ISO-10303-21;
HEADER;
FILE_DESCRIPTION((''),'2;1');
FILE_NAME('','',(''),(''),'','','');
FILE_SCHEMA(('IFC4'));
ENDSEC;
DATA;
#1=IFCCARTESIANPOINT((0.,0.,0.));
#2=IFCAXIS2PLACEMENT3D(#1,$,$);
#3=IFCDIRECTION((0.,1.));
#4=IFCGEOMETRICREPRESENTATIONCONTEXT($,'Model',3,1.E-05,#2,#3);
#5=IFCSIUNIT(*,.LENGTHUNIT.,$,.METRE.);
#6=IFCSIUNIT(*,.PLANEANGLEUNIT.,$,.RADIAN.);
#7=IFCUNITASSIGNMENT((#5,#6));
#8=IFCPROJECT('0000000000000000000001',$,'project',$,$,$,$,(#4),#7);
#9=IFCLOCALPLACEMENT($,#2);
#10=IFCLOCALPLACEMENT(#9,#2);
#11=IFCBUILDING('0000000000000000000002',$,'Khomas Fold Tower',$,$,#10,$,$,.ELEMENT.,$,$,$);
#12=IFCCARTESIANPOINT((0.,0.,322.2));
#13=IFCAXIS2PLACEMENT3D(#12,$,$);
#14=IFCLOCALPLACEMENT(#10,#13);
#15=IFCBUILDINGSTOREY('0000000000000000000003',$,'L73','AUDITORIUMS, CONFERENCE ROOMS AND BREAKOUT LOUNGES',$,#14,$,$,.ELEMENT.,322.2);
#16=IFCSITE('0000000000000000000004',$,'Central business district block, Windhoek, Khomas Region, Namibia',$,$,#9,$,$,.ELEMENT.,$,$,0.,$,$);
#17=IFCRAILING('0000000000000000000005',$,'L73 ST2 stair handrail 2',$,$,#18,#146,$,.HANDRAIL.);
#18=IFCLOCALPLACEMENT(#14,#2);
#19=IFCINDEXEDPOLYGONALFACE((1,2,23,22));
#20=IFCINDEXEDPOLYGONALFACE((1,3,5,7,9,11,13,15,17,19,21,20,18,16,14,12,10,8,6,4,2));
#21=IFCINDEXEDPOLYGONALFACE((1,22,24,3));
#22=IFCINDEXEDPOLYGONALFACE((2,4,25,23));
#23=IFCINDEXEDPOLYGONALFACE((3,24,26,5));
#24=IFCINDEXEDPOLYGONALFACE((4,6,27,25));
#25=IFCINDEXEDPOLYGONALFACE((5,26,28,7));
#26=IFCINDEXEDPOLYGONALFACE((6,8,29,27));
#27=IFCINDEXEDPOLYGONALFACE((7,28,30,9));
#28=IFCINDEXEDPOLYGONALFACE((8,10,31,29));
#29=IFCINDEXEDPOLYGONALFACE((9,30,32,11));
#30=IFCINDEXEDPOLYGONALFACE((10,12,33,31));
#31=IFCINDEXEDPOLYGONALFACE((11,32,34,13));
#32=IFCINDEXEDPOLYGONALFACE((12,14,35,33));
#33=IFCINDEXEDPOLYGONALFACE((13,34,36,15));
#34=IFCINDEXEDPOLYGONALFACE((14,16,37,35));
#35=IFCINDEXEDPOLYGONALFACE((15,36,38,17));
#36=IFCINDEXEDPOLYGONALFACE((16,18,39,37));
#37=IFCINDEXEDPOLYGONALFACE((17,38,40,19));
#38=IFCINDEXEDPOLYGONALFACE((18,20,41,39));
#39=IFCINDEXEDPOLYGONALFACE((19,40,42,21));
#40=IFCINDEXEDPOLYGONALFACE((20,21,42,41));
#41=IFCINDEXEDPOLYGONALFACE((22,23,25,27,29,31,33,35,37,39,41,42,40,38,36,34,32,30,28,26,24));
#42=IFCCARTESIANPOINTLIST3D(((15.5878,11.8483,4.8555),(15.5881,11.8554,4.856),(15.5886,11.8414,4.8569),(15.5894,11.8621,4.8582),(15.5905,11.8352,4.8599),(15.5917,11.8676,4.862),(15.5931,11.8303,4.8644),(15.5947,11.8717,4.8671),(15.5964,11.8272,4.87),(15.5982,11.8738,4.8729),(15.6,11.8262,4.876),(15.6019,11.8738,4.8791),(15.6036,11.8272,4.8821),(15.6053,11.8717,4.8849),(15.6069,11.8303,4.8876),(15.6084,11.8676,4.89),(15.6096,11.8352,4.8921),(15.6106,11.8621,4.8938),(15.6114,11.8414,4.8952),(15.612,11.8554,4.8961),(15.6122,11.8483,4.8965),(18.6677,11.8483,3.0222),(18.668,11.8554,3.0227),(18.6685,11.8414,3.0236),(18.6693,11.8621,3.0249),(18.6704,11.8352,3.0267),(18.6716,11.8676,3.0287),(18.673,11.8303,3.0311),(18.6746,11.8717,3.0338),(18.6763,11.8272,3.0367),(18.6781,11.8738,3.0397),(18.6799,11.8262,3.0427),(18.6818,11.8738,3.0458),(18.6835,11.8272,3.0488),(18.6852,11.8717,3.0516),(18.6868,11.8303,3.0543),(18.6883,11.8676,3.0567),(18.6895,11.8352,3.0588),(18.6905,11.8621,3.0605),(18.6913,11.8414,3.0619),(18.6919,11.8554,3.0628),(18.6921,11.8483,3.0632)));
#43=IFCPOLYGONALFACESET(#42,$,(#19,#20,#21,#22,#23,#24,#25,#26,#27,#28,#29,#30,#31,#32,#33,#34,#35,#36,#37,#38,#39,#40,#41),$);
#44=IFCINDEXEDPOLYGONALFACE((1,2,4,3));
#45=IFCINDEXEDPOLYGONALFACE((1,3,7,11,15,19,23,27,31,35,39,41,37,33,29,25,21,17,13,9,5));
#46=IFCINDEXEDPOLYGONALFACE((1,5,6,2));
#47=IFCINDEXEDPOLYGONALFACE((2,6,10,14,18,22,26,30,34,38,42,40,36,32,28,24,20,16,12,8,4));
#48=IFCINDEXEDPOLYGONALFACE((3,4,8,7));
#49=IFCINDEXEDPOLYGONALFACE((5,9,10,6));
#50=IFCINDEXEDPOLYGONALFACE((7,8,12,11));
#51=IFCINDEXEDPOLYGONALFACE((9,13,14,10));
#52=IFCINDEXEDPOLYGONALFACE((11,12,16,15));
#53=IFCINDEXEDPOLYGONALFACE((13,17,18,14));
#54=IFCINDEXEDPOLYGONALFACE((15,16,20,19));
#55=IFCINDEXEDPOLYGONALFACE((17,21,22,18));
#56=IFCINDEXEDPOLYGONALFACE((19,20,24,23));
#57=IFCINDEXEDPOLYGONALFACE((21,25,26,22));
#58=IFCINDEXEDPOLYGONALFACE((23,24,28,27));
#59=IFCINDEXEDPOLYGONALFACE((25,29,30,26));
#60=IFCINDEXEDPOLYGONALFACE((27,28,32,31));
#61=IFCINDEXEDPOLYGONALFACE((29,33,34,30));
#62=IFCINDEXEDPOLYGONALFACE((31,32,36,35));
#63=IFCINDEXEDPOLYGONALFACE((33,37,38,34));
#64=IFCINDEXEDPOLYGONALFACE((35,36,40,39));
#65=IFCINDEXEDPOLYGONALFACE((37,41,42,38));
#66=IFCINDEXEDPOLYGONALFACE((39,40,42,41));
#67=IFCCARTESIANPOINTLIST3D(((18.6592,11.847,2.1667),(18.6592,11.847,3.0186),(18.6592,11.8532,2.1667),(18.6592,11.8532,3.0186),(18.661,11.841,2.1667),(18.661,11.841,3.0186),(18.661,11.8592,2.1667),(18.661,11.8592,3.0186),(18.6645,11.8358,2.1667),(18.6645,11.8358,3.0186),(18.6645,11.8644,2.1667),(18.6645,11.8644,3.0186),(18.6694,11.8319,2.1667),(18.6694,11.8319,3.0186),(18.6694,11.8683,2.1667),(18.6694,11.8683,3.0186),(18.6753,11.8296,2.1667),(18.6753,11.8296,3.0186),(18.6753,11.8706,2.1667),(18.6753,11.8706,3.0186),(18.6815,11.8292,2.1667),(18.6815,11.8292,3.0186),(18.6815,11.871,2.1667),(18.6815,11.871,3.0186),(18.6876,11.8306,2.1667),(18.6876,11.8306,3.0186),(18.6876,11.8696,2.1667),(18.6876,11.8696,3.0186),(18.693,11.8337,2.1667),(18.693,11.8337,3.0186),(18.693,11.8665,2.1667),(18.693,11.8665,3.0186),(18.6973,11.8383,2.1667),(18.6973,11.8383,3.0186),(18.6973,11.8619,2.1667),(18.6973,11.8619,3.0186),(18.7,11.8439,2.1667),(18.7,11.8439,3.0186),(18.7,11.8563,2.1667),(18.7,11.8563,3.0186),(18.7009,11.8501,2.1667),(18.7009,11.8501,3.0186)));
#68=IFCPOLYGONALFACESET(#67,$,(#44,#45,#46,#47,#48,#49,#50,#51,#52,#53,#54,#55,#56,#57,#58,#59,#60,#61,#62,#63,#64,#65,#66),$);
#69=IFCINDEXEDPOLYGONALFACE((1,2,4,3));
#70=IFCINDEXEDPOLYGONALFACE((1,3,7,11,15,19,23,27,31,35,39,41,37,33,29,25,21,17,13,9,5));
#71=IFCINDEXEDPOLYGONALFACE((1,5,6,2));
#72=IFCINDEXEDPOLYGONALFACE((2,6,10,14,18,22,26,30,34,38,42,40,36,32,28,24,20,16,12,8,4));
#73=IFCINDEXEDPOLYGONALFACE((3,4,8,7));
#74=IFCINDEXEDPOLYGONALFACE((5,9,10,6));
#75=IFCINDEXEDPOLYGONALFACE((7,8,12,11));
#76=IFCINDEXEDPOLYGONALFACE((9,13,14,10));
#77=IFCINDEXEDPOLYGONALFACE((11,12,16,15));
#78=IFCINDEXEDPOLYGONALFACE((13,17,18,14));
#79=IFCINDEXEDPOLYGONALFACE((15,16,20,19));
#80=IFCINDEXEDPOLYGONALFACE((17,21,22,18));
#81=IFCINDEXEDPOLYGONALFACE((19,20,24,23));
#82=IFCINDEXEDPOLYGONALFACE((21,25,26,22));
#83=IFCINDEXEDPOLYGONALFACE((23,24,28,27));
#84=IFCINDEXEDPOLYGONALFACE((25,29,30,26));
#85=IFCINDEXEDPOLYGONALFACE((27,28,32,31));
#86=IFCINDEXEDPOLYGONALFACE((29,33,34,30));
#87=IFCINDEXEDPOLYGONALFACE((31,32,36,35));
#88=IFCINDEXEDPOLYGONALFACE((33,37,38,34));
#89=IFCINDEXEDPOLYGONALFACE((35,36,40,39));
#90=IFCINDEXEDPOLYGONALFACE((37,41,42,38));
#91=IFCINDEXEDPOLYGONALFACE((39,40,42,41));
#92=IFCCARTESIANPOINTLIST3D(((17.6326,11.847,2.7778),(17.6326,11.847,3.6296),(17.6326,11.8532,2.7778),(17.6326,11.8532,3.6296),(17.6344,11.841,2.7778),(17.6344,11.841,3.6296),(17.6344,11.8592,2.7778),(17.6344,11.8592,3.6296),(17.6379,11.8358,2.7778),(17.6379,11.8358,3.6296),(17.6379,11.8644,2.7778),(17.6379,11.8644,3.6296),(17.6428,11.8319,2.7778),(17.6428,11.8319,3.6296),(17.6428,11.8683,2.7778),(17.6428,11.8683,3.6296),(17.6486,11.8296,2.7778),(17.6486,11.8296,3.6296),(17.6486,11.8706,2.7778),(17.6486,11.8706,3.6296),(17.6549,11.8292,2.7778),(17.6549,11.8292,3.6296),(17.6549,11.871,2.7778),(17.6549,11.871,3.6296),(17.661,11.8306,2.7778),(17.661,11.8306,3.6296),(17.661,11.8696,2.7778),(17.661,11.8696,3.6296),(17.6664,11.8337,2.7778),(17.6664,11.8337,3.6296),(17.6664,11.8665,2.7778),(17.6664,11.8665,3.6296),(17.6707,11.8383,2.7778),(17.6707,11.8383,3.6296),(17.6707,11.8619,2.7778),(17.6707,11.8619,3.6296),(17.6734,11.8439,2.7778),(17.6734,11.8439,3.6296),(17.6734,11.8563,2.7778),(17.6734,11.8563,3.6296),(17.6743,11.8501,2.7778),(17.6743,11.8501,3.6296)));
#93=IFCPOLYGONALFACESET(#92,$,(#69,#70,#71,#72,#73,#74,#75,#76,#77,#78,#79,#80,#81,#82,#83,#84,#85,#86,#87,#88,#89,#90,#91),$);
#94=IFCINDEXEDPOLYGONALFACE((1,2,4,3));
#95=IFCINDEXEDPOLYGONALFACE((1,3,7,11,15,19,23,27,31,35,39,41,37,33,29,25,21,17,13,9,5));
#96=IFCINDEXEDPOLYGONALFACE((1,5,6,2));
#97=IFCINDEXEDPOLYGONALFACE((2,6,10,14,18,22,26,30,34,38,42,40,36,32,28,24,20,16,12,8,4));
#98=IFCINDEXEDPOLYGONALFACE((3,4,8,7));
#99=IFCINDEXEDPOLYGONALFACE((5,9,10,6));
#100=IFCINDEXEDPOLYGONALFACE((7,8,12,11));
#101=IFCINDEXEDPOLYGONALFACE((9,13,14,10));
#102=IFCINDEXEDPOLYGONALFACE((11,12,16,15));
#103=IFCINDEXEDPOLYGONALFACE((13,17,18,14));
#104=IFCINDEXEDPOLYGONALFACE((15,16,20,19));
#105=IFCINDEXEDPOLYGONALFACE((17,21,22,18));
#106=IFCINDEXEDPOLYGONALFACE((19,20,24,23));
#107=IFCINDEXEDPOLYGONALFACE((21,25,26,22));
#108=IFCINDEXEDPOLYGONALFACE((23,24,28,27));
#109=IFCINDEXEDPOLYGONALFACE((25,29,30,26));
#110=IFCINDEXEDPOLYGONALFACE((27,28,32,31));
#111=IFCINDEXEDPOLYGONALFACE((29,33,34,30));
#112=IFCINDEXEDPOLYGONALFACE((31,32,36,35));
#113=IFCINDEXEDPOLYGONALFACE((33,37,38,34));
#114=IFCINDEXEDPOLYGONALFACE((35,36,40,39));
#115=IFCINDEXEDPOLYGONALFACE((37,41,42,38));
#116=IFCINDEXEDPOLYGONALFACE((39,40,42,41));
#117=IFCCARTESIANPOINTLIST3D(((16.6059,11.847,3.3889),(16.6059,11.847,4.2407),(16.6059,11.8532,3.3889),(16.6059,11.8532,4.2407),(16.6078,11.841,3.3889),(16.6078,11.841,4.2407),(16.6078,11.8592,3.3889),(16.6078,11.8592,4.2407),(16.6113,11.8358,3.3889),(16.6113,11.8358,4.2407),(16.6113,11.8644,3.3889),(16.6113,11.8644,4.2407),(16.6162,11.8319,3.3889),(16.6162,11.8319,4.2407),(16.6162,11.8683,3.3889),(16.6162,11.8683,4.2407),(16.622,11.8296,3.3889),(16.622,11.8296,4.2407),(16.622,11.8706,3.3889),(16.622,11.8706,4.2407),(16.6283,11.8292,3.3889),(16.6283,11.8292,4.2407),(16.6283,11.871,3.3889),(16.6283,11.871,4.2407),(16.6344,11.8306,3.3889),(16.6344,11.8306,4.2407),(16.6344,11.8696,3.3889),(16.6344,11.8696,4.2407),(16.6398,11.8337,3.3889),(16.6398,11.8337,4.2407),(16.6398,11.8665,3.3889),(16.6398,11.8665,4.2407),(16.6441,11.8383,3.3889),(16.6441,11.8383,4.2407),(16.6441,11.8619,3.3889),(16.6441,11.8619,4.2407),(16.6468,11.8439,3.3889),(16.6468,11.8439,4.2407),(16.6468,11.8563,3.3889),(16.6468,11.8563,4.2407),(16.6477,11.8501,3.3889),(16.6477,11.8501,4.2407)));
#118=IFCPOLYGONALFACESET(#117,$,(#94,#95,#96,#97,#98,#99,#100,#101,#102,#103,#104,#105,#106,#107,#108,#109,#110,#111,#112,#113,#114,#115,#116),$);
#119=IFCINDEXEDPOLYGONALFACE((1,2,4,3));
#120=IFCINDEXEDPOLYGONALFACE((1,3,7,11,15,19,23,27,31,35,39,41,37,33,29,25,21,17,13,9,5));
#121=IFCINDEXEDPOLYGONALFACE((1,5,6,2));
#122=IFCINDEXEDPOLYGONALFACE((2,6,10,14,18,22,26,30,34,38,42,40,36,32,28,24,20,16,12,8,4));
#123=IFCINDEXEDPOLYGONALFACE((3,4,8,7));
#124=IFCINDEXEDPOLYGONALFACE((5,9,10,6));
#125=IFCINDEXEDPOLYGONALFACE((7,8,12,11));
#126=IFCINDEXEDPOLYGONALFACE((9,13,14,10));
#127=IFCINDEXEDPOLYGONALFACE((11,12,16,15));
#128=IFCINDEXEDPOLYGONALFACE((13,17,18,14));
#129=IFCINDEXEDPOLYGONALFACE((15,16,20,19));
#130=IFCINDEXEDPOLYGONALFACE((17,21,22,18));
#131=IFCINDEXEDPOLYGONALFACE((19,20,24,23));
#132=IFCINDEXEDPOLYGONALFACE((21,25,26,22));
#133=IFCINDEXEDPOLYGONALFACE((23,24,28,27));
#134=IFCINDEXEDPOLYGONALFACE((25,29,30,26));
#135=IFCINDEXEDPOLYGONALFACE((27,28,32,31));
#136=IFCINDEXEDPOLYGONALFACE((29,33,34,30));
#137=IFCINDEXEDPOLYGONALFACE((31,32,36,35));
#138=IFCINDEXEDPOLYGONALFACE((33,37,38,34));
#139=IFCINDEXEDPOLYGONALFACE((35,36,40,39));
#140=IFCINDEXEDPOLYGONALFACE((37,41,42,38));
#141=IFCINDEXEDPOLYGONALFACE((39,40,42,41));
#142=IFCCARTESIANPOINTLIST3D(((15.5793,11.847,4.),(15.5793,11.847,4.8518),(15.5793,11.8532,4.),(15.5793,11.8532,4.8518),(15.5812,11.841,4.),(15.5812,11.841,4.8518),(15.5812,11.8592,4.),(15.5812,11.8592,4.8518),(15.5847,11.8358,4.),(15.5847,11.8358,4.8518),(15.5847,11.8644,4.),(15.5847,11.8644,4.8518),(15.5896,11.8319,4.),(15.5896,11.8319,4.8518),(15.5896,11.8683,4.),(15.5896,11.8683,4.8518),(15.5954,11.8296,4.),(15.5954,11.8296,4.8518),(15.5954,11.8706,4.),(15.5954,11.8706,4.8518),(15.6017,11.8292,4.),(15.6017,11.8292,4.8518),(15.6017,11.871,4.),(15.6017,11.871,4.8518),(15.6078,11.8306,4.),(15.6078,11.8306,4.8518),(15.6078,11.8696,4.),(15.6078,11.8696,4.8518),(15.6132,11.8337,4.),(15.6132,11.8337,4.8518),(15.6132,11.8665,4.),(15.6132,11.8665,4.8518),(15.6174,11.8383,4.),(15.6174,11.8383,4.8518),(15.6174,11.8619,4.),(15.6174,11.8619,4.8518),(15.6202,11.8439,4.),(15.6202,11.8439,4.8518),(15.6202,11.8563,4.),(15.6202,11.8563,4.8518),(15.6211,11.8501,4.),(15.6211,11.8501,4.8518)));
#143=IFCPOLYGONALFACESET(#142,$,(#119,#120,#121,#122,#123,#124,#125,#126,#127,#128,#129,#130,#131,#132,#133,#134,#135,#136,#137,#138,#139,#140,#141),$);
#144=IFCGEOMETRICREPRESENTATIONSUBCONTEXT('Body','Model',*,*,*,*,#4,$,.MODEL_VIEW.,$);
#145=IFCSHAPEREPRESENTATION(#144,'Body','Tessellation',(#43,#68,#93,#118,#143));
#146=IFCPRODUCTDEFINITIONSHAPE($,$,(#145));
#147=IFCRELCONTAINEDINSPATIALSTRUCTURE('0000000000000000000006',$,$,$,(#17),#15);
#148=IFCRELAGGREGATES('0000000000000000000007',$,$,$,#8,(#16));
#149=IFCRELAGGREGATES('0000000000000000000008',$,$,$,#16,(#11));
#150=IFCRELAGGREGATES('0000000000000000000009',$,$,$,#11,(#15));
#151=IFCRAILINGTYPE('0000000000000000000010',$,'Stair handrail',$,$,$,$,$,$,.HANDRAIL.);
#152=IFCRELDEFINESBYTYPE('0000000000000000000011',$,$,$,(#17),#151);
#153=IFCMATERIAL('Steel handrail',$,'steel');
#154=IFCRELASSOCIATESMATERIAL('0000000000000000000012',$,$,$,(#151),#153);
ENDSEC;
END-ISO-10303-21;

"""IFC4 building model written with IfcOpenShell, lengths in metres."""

from ifc_helpers import new_model, si_unit, direction, frame, origin, origin_2d, place, context, subcontext, project, spatial, circle, extrude, source, transform, mapped, material, type_object, element, save


model = new_model("IFC4")

# Units and contexts
model_context = context("Model", 3, precision=1e-05, world=origin(), true_north=direction((0.0, 1.0)))
body_context = subcontext(model_context, "Body", "Model", "MODEL_VIEW")
ifc_project = project(units=[si_unit("LENGTHUNIT", "METRE"), si_unit("PLANEANGLEUNIT", "RADIAN")], contexts=[model_context])

# Site, building, storey
site_placement = place(None, origin())
site = spatial("IfcSite", under=ifc_project, at=site_placement, Name="Central business district block, Windhoek, Khomas Region, Namibia", CompositionType="ELEMENT", RefElevation=0.0)
building_placement = place(site_placement, origin())
building = spatial("IfcBuilding", under=site, at=building_placement, Name="Khomas Fold Tower", CompositionType="ELEMENT")
storey_placement = place(building_placement, frame((0.0, 0.0, 322.2)))
storey = spatial("IfcBuildingStorey", under=building, at=storey_placement, Name="L73", Description="AUDITORIUMS, CONFERENCE ROOMS AND BREAKOUT LOUNGES", CompositionType="ELEMENT", Elevation=322.2)

# Railing
ifc_material_1 = material(Name="Steel handrail", Category="steel")
railing_type_1 = type_object("IfcRailingType", Name="Stair handrail", PredefinedType="HANDRAIL", material=ifc_material_1)
shared_shape_1 = source(origin(), body_context, "Body", "SweptSolid", [
    extrude(circle(Radius=0.0239, at=origin_2d()), frame((0.0, 0.0, 0.876), z_axis=(-0.859291, 0.0, 0.511487), x_axis=(0.0, -1.0, 0.0)), (0.0, 0.0, 1.0), 3.5842),
    extrude(circle(Radius=0.021, at=origin_2d()), origin(), (0.0, 0.0, 1.0), 0.8518),
    extrude(circle(Radius=0.021, at=origin_2d()), frame((-1.0266, 0.0, 0.6111)), (0.0, 0.0, 1.0), 0.8518),
    extrude(circle(Radius=0.021, at=origin_2d()), frame((-2.0532, 0.0, 1.2222)), (0.0, 0.0, 1.0), 0.8518),
    extrude(circle(Radius=0.021, at=origin_2d()), frame((-3.0798, 0.0, 1.8333)), (0.0, 0.0, 1.0), 0.8518),
])
railing_1_placement = place(storey_placement, frame((18.6799, 11.8501, 2.1667)))
element("IfcRailing", 1, at=railing_1_placement, inside=storey, type_object=railing_type_1, Name="L73 ST2 stair handrail 2", PredefinedType="HANDRAIL", context=body_context, shape_type="MappedRepresentation", body=[
    mapped(shared_shape_1, transform((0.0, 0.0, 0.0))),
])

save(model, "model.ifc")
